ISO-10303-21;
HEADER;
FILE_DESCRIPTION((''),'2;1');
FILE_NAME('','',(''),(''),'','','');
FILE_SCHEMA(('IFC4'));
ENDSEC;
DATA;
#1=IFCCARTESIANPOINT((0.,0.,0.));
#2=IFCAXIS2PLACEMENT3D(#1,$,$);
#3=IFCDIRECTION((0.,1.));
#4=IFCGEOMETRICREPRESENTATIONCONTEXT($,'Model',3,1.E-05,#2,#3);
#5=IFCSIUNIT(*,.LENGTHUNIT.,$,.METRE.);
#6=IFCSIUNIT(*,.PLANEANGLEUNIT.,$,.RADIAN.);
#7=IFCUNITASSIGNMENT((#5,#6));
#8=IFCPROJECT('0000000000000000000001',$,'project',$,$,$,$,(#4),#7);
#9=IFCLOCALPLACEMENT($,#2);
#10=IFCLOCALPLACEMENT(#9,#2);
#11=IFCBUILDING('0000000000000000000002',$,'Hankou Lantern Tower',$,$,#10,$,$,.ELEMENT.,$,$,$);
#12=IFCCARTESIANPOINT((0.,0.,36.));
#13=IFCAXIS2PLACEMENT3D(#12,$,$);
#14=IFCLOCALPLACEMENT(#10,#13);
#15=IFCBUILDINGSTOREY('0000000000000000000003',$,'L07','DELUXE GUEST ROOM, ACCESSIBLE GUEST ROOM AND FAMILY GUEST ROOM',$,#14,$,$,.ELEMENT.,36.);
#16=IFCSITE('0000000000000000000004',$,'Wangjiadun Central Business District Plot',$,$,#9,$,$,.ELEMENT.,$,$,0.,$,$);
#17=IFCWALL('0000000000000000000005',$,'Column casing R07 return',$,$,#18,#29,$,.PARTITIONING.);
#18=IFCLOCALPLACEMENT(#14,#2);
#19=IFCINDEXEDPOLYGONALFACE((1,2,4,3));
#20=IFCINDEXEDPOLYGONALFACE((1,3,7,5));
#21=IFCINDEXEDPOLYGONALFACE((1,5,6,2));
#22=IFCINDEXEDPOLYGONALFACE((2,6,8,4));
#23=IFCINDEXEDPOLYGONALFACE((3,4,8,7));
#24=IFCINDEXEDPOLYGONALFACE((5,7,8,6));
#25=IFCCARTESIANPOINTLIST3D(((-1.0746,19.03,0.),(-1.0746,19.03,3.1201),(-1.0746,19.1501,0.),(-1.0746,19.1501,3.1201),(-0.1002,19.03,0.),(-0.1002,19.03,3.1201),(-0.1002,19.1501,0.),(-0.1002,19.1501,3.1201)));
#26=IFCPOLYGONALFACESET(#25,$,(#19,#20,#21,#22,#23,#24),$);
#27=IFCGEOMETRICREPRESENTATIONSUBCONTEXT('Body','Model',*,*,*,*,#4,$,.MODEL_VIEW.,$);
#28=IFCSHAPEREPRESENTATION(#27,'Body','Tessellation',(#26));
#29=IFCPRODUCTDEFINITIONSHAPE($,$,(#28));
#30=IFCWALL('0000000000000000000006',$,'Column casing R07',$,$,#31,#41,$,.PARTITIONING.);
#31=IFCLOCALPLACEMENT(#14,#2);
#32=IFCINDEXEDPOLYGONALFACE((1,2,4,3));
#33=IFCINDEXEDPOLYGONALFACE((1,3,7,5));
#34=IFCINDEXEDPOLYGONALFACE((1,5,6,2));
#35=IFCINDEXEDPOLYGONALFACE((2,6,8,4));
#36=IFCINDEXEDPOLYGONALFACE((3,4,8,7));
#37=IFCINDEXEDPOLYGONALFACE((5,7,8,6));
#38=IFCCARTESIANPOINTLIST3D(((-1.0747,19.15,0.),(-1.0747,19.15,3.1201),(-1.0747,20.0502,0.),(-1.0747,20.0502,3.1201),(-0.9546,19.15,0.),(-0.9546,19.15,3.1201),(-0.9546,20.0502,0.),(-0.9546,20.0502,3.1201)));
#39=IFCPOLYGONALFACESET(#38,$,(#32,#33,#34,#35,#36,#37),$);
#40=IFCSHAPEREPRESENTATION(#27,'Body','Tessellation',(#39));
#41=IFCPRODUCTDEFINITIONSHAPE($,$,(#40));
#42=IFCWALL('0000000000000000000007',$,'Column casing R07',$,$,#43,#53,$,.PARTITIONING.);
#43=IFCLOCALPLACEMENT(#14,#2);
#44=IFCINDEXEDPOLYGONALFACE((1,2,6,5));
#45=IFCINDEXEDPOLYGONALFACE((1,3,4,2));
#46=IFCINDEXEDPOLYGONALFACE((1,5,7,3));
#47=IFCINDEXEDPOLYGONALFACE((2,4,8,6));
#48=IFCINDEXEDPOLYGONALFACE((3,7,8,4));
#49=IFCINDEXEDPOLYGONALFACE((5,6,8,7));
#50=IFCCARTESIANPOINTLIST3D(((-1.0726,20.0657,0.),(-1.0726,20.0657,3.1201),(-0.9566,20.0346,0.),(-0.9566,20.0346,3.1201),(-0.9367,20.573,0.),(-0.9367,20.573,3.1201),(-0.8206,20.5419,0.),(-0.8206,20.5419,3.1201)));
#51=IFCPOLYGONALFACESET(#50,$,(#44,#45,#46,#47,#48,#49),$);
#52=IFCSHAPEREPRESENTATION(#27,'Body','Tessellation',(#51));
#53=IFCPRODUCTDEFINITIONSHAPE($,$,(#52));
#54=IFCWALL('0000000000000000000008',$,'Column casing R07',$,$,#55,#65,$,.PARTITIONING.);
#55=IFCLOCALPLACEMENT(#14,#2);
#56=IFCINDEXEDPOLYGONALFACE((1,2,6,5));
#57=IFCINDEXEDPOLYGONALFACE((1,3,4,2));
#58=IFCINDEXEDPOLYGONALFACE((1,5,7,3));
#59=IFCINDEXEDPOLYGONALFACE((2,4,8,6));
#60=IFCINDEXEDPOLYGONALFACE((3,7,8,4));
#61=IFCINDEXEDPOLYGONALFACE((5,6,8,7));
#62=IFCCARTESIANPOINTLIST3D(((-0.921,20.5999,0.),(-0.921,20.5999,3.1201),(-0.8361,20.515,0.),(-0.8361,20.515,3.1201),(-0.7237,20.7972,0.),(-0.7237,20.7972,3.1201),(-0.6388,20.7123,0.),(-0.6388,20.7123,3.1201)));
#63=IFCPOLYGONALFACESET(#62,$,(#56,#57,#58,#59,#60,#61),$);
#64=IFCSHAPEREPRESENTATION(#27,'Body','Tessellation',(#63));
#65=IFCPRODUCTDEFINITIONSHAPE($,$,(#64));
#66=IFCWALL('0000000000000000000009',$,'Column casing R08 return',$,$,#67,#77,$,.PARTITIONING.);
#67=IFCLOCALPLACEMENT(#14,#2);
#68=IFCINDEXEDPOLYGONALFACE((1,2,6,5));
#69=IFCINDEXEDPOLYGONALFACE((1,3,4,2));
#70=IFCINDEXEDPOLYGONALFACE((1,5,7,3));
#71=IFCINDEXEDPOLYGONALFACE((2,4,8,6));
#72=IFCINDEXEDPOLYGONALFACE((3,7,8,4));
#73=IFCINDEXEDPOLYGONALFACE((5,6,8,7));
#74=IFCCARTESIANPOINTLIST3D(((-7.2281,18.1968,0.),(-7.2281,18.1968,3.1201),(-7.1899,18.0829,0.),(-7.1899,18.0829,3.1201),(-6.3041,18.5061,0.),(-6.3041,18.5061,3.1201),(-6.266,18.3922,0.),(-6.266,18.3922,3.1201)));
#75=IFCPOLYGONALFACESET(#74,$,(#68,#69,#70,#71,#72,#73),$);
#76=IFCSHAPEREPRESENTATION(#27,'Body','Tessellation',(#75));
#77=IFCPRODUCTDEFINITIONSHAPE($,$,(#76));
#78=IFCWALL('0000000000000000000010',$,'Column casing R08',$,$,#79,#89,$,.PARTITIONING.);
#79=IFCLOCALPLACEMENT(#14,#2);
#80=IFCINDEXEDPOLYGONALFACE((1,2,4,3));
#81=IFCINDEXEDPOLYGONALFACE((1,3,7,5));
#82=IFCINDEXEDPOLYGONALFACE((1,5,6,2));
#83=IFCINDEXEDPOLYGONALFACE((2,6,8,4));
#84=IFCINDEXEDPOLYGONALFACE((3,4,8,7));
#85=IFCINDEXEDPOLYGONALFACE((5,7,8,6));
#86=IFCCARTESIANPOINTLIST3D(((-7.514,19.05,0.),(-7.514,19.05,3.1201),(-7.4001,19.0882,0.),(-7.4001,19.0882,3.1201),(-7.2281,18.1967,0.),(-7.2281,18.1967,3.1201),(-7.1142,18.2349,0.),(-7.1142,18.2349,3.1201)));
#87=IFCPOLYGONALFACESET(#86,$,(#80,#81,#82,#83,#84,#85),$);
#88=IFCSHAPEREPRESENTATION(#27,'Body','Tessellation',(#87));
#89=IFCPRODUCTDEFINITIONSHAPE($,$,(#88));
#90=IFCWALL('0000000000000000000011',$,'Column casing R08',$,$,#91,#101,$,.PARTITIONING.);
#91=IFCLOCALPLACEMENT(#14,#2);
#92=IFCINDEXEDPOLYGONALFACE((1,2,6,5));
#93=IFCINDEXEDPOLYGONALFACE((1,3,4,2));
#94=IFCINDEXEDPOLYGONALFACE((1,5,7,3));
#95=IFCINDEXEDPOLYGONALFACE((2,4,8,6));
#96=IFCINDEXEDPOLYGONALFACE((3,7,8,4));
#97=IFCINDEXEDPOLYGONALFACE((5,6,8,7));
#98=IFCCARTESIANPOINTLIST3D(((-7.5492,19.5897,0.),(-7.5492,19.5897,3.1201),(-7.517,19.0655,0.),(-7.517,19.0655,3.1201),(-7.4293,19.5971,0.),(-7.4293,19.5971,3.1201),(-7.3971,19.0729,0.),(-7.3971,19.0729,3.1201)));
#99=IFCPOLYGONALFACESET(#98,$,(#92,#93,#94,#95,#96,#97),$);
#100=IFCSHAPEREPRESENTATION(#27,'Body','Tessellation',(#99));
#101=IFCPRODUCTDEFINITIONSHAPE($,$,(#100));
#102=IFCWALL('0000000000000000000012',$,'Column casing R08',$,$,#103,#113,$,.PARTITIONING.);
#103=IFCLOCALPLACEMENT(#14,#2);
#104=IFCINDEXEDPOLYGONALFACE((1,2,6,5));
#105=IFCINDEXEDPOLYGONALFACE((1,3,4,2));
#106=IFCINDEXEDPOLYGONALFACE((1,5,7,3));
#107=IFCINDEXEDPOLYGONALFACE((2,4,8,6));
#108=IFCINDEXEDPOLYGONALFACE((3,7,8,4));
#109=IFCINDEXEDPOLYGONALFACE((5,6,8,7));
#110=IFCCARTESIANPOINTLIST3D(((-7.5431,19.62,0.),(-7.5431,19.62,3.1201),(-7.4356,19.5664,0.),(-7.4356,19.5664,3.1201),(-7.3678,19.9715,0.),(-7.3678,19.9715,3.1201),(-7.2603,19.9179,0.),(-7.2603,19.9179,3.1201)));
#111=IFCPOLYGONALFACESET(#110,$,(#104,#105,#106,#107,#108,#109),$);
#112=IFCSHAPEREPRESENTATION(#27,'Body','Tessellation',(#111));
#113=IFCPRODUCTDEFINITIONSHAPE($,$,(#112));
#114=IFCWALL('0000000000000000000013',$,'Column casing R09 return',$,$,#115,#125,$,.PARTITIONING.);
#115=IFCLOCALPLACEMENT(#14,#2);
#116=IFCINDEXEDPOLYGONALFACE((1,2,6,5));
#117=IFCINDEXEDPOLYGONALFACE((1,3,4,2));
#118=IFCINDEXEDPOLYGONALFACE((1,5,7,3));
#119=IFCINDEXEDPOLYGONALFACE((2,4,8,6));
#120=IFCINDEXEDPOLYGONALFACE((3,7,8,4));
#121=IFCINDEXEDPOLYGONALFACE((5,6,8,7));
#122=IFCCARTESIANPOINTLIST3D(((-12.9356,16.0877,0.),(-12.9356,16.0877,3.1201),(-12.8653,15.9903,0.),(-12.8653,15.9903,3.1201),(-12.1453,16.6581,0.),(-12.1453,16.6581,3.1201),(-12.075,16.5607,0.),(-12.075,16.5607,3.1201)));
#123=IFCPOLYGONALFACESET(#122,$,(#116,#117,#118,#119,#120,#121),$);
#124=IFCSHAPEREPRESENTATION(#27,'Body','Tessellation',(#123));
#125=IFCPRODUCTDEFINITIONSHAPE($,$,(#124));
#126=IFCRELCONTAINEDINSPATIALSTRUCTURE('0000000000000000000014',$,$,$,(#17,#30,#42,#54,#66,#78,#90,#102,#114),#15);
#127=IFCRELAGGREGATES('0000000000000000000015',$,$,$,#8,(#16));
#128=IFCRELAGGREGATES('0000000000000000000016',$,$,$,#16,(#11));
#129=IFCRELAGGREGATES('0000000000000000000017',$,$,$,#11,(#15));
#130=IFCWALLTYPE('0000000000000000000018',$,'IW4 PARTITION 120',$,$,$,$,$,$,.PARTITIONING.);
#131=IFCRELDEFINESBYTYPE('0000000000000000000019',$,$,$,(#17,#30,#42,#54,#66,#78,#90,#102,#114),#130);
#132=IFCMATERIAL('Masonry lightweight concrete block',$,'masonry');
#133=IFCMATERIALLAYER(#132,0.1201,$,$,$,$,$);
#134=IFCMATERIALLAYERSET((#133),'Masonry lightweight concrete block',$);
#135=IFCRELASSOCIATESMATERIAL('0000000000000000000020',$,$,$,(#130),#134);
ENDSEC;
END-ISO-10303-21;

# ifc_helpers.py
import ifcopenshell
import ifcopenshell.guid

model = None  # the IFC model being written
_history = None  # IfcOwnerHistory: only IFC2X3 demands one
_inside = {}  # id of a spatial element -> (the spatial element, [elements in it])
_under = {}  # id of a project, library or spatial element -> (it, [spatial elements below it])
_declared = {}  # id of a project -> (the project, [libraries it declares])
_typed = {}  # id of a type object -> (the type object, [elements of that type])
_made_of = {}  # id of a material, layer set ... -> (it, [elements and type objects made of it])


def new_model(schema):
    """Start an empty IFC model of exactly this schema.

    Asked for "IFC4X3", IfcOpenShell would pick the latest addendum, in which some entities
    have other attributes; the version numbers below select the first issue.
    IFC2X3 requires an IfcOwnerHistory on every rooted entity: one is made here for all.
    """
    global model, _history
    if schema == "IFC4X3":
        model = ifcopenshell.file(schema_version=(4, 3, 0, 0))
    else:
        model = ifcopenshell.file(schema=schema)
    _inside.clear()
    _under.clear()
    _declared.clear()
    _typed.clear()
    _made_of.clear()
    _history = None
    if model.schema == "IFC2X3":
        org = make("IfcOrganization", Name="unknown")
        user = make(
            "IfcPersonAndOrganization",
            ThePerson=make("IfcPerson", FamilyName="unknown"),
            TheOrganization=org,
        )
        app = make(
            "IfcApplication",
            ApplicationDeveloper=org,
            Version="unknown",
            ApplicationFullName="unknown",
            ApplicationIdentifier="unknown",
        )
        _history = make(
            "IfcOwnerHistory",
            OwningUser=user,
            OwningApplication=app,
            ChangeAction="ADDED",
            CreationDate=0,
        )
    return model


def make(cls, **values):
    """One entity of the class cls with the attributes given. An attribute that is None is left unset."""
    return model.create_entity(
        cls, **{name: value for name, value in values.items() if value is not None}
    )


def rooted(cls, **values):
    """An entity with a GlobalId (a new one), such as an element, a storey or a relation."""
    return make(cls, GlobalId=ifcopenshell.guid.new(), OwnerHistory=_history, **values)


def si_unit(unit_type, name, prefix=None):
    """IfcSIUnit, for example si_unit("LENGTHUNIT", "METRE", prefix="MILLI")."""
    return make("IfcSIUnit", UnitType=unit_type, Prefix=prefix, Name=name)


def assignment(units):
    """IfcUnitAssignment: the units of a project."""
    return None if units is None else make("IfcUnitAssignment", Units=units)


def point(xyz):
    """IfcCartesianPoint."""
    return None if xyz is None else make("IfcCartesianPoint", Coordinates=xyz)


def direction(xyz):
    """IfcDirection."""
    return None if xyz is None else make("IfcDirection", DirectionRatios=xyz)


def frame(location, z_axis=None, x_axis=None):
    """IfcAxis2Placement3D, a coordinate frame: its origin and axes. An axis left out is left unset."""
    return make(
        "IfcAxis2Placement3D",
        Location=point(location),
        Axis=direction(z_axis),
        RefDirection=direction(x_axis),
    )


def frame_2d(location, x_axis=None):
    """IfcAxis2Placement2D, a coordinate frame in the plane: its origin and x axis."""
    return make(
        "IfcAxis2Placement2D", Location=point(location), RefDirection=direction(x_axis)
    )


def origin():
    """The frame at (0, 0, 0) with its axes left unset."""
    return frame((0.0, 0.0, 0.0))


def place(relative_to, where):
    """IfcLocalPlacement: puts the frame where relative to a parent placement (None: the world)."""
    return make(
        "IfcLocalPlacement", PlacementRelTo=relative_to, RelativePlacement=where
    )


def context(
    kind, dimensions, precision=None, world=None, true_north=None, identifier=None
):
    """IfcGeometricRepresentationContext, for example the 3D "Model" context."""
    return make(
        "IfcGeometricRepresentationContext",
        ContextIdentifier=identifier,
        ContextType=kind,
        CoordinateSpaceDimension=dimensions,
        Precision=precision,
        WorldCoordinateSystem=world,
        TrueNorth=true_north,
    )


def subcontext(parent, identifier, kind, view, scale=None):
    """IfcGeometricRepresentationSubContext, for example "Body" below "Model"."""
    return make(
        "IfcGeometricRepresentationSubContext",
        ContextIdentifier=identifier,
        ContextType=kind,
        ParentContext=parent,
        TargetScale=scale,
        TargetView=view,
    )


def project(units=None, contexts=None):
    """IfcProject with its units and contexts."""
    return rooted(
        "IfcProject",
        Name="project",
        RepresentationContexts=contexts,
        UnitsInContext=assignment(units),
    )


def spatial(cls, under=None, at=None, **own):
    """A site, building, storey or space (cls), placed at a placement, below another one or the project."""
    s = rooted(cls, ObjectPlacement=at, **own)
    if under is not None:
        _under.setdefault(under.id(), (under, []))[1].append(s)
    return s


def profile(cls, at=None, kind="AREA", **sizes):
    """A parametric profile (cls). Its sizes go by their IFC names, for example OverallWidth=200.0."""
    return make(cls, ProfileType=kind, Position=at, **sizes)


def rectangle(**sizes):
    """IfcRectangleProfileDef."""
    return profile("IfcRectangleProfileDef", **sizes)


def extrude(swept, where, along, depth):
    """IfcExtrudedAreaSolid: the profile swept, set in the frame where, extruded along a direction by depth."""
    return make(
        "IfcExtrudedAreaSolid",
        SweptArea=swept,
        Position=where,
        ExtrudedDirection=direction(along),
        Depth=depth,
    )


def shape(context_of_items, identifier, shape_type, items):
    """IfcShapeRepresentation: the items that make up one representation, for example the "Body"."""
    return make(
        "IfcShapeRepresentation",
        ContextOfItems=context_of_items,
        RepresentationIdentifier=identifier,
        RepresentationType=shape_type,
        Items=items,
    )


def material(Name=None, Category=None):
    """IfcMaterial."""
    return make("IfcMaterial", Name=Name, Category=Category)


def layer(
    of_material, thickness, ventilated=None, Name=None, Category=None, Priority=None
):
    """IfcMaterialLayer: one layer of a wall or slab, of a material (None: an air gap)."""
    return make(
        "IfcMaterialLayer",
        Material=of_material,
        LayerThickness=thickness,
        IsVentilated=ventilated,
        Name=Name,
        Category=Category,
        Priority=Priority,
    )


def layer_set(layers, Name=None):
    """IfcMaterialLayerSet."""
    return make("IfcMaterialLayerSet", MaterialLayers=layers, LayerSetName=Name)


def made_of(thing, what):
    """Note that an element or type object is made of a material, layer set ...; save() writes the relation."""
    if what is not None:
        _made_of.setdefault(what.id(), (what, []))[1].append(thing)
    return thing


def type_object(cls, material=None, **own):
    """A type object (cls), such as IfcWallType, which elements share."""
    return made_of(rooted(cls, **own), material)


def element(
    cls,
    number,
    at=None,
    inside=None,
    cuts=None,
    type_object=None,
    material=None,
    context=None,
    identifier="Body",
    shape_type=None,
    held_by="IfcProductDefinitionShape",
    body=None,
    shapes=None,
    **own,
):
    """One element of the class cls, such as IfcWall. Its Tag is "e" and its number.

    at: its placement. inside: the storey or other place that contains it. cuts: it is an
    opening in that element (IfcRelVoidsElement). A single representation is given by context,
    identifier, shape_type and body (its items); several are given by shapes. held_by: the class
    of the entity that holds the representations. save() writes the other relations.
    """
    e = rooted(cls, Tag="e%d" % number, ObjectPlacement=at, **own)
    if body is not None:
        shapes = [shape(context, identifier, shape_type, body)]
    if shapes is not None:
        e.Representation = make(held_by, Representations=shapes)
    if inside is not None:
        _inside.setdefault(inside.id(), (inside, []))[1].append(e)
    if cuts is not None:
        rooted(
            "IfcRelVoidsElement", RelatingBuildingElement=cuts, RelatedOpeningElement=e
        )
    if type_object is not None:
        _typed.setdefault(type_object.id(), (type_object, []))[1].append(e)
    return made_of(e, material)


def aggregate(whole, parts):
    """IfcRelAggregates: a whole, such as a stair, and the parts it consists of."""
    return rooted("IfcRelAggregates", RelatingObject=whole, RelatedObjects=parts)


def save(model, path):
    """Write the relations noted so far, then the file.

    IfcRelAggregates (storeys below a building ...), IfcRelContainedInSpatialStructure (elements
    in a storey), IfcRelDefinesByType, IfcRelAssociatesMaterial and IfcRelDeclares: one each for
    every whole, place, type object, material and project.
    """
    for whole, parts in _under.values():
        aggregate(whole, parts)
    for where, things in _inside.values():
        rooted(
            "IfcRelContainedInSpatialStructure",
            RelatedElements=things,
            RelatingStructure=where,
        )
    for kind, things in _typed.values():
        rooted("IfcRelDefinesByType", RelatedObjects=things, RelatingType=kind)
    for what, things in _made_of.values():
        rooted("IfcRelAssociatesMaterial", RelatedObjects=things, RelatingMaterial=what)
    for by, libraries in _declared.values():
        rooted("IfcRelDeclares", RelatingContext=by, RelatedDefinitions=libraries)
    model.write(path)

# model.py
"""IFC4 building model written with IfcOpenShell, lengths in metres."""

from ifc_helpers import new_model, si_unit, direction, frame, frame_2d, origin, place, context, subcontext, project, spatial, rectangle, extrude, material, layer, layer_set, type_object, element, save


model = new_model("IFC4")

# Units and contexts
model_context = context("Model", 3, precision=1e-05, world=origin(), true_north=direction((0.0, 1.0)))
body_context = subcontext(model_context, "Body", "Model", "MODEL_VIEW")
ifc_project = project(units=[si_unit("LENGTHUNIT", "METRE"), si_unit("PLANEANGLEUNIT", "RADIAN")], contexts=[model_context])

# Site, building, storey
site_placement = place(None, origin())
site = spatial("IfcSite", under=ifc_project, at=site_placement, Name="Wangjiadun Central Business District Plot", CompositionType="ELEMENT", RefElevation=0.0)
building_placement = place(site_placement, origin())
building = spatial("IfcBuilding", under=site, at=building_placement, Name="Hankou Lantern Tower", CompositionType="ELEMENT")
storey_placement = place(building_placement, frame((0.0, 0.0, 36.0)))
storey = spatial("IfcBuildingStorey", under=building, at=storey_placement, Name="L07", Description="DELUXE GUEST ROOM, ACCESSIBLE GUEST ROOM AND FAMILY GUEST ROOM", CompositionType="ELEMENT", Elevation=36.0)

# Walls
ifc_material_1 = material(Name="Masonry lightweight concrete block", Category="masonry")
ifc_layer_1 = layer(ifc_material_1, 0.1201)
ifc_layer_set_1 = layer_set([ifc_layer_1], Name="Masonry lightweight concrete block")
wall_type_1 = type_object("IfcWallType", Name="IW4 PARTITION 120", PredefinedType="PARTITIONING", material=ifc_layer_set_1)
wall_1_placement = place(storey_placement, frame((-0.1001, 19.0901, 0.0), z_axis=(0.0, 0.0, 1.0), x_axis=(-1.0, 0.0, 0.0)))
element("IfcWall", 1, at=wall_1_placement, inside=storey, type_object=wall_type_1, Name="Column casing R07 return", PredefinedType="PARTITIONING", context=body_context, shape_type="SweptSolid", body=[
    extrude(rectangle(XDim=0.9744, YDim=0.1201, at=frame_2d((0.4873, 0.0))), origin(), (0.0, 0.0, 1.0), 3.1201),
])
wall_2_placement = place(storey_placement, frame((-1.0146, 19.1499, 0.0), z_axis=(0.0, 0.0, 1.0), x_axis=(0.0, 1.0, 0.0)))
element("IfcWall", 2, at=wall_2_placement, inside=storey, type_object=wall_type_1, Name="Column casing R07", PredefinedType="PARTITIONING", context=body_context, shape_type="SweptSolid", body=[
    extrude(rectangle(XDim=0.9001, YDim=0.1201, at=frame_2d((0.4502, 0.0))), origin(), (0.0, 0.0, 1.0), 3.1201),
])
wall_3_placement = place(storey_placement, frame((-1.0146, 20.05, 0.0), z_axis=(0.0, 0.0, 1.0), x_axis=(0.258906, 0.965902, 0.0)))
element("IfcWall", 3, at=wall_3_placement, inside=storey, type_object=wall_type_1, Name="Column casing R07", PredefinedType="PARTITIONING", context=body_context, shape_type="SweptSolid", body=[
    extrude(rectangle(XDim=0.5251, YDim=0.1201, at=frame_2d((0.2627, 0.0))), origin(), (0.0, 0.0, 1.0), 3.1201),
])
wall_4_placement = place(storey_placement, frame((-0.8787, 20.5574, 0.0), z_axis=(0.0, 0.0, 1.0), x_axis=(0.707107, 0.707107, 0.0)))
element("IfcWall", 4, at=wall_4_placement, inside=storey, type_object=wall_type_1, Name="Column casing R07", PredefinedType="PARTITIONING", context=body_context, shape_type="SweptSolid", body=[
    extrude(rectangle(XDim=0.2791, YDim=0.1201, at=frame_2d((0.1396, 0.0))), origin(), (0.0, 0.0, 1.0), 3.1201),
])
wall_5_placement = place(storey_placement, frame((-6.2849, 18.4492, 0.0), z_axis=(0.0, 0.0, 1.0), x_axis=(-0.948282, -0.31743, 0.0)))
element("IfcWall", 5, at=wall_5_placement, inside=storey, type_object=wall_type_1, Name="Column casing R08 return", PredefinedType="PARTITIONING", context=body_context, shape_type="SweptSolid", body=[
    extrude(rectangle(XDim=0.9744, YDim=0.1201, at=frame_2d((0.4873, 0.0))), origin(), (0.0, 0.0, 1.0), 3.1201),
])
wall_6_placement = place(storey_placement, frame((-7.1711, 18.2158, 0.0), z_axis=(0.0, 0.0, 1.0), x_axis=(-0.317692, 0.948194, 0.0)))
element("IfcWall", 6, at=wall_6_placement, inside=storey, type_object=wall_type_1, Name="Column casing R08", PredefinedType="PARTITIONING", context=body_context, shape_type="SweptSolid", body=[
    extrude(rectangle(XDim=0.8999, YDim=0.1201, at=frame_2d((0.45, 0.0))), origin(), (0.0, 0.0, 1.0), 3.1201),
])
wall_7_placement = place(storey_placement, frame((-7.457, 19.0691, 0.0), z_axis=(0.0, 0.0, 1.0), x_axis=(-0.061365, 0.998115, 0.0)))
element("IfcWall", 7, at=wall_7_placement, inside=storey, type_object=wall_type_1, Name="Column casing R08", PredefinedType="PARTITIONING", context=body_context, shape_type="SweptSolid", body=[
    extrude(rectangle(XDim=0.5251, YDim=0.1201, at=frame_2d((0.2627, 0.0))), origin(), (0.0, 0.0, 1.0), 3.1201),
])
wall_8_placement = place(storey_placement, frame((-7.4893, 19.5933, 0.0), z_axis=(0.0, 0.0, 1.0), x_axis=(0.446219, 0.894924, 0.0)))
element("IfcWall", 8, at=wall_8_placement, inside=storey, type_object=wall_type_1, Name="Column casing R08", PredefinedType="PARTITIONING", context=body_context, shape_type="SweptSolid", body=[
    extrude(rectangle(XDim=0.3928, YDim=0.1201, at=frame_2d((0.1963, 0.0))), origin(), (0.0, 0.0, 1.0), 3.1201),
])
wall_9_placement = place(storey_placement, frame((-12.1101, 16.6094, 0.0), z_axis=(0.0, 0.0, 1.0), x_axis=(-0.810897, -0.585189, 0.0)))
element("IfcWall", 9, at=wall_9_placement, inside=storey, type_object=wall_type_1, Name="Column casing R09 return", PredefinedType="PARTITIONING", context=body_context, shape_type="SweptSolid", body=[
    extrude(rectangle(XDim=0.9746, YDim=0.1201, at=frame_2d((0.4873, 0.0))), origin(), (0.0, 0.0, 1.0), 3.1201),
])

save(model, "model.ifc")
